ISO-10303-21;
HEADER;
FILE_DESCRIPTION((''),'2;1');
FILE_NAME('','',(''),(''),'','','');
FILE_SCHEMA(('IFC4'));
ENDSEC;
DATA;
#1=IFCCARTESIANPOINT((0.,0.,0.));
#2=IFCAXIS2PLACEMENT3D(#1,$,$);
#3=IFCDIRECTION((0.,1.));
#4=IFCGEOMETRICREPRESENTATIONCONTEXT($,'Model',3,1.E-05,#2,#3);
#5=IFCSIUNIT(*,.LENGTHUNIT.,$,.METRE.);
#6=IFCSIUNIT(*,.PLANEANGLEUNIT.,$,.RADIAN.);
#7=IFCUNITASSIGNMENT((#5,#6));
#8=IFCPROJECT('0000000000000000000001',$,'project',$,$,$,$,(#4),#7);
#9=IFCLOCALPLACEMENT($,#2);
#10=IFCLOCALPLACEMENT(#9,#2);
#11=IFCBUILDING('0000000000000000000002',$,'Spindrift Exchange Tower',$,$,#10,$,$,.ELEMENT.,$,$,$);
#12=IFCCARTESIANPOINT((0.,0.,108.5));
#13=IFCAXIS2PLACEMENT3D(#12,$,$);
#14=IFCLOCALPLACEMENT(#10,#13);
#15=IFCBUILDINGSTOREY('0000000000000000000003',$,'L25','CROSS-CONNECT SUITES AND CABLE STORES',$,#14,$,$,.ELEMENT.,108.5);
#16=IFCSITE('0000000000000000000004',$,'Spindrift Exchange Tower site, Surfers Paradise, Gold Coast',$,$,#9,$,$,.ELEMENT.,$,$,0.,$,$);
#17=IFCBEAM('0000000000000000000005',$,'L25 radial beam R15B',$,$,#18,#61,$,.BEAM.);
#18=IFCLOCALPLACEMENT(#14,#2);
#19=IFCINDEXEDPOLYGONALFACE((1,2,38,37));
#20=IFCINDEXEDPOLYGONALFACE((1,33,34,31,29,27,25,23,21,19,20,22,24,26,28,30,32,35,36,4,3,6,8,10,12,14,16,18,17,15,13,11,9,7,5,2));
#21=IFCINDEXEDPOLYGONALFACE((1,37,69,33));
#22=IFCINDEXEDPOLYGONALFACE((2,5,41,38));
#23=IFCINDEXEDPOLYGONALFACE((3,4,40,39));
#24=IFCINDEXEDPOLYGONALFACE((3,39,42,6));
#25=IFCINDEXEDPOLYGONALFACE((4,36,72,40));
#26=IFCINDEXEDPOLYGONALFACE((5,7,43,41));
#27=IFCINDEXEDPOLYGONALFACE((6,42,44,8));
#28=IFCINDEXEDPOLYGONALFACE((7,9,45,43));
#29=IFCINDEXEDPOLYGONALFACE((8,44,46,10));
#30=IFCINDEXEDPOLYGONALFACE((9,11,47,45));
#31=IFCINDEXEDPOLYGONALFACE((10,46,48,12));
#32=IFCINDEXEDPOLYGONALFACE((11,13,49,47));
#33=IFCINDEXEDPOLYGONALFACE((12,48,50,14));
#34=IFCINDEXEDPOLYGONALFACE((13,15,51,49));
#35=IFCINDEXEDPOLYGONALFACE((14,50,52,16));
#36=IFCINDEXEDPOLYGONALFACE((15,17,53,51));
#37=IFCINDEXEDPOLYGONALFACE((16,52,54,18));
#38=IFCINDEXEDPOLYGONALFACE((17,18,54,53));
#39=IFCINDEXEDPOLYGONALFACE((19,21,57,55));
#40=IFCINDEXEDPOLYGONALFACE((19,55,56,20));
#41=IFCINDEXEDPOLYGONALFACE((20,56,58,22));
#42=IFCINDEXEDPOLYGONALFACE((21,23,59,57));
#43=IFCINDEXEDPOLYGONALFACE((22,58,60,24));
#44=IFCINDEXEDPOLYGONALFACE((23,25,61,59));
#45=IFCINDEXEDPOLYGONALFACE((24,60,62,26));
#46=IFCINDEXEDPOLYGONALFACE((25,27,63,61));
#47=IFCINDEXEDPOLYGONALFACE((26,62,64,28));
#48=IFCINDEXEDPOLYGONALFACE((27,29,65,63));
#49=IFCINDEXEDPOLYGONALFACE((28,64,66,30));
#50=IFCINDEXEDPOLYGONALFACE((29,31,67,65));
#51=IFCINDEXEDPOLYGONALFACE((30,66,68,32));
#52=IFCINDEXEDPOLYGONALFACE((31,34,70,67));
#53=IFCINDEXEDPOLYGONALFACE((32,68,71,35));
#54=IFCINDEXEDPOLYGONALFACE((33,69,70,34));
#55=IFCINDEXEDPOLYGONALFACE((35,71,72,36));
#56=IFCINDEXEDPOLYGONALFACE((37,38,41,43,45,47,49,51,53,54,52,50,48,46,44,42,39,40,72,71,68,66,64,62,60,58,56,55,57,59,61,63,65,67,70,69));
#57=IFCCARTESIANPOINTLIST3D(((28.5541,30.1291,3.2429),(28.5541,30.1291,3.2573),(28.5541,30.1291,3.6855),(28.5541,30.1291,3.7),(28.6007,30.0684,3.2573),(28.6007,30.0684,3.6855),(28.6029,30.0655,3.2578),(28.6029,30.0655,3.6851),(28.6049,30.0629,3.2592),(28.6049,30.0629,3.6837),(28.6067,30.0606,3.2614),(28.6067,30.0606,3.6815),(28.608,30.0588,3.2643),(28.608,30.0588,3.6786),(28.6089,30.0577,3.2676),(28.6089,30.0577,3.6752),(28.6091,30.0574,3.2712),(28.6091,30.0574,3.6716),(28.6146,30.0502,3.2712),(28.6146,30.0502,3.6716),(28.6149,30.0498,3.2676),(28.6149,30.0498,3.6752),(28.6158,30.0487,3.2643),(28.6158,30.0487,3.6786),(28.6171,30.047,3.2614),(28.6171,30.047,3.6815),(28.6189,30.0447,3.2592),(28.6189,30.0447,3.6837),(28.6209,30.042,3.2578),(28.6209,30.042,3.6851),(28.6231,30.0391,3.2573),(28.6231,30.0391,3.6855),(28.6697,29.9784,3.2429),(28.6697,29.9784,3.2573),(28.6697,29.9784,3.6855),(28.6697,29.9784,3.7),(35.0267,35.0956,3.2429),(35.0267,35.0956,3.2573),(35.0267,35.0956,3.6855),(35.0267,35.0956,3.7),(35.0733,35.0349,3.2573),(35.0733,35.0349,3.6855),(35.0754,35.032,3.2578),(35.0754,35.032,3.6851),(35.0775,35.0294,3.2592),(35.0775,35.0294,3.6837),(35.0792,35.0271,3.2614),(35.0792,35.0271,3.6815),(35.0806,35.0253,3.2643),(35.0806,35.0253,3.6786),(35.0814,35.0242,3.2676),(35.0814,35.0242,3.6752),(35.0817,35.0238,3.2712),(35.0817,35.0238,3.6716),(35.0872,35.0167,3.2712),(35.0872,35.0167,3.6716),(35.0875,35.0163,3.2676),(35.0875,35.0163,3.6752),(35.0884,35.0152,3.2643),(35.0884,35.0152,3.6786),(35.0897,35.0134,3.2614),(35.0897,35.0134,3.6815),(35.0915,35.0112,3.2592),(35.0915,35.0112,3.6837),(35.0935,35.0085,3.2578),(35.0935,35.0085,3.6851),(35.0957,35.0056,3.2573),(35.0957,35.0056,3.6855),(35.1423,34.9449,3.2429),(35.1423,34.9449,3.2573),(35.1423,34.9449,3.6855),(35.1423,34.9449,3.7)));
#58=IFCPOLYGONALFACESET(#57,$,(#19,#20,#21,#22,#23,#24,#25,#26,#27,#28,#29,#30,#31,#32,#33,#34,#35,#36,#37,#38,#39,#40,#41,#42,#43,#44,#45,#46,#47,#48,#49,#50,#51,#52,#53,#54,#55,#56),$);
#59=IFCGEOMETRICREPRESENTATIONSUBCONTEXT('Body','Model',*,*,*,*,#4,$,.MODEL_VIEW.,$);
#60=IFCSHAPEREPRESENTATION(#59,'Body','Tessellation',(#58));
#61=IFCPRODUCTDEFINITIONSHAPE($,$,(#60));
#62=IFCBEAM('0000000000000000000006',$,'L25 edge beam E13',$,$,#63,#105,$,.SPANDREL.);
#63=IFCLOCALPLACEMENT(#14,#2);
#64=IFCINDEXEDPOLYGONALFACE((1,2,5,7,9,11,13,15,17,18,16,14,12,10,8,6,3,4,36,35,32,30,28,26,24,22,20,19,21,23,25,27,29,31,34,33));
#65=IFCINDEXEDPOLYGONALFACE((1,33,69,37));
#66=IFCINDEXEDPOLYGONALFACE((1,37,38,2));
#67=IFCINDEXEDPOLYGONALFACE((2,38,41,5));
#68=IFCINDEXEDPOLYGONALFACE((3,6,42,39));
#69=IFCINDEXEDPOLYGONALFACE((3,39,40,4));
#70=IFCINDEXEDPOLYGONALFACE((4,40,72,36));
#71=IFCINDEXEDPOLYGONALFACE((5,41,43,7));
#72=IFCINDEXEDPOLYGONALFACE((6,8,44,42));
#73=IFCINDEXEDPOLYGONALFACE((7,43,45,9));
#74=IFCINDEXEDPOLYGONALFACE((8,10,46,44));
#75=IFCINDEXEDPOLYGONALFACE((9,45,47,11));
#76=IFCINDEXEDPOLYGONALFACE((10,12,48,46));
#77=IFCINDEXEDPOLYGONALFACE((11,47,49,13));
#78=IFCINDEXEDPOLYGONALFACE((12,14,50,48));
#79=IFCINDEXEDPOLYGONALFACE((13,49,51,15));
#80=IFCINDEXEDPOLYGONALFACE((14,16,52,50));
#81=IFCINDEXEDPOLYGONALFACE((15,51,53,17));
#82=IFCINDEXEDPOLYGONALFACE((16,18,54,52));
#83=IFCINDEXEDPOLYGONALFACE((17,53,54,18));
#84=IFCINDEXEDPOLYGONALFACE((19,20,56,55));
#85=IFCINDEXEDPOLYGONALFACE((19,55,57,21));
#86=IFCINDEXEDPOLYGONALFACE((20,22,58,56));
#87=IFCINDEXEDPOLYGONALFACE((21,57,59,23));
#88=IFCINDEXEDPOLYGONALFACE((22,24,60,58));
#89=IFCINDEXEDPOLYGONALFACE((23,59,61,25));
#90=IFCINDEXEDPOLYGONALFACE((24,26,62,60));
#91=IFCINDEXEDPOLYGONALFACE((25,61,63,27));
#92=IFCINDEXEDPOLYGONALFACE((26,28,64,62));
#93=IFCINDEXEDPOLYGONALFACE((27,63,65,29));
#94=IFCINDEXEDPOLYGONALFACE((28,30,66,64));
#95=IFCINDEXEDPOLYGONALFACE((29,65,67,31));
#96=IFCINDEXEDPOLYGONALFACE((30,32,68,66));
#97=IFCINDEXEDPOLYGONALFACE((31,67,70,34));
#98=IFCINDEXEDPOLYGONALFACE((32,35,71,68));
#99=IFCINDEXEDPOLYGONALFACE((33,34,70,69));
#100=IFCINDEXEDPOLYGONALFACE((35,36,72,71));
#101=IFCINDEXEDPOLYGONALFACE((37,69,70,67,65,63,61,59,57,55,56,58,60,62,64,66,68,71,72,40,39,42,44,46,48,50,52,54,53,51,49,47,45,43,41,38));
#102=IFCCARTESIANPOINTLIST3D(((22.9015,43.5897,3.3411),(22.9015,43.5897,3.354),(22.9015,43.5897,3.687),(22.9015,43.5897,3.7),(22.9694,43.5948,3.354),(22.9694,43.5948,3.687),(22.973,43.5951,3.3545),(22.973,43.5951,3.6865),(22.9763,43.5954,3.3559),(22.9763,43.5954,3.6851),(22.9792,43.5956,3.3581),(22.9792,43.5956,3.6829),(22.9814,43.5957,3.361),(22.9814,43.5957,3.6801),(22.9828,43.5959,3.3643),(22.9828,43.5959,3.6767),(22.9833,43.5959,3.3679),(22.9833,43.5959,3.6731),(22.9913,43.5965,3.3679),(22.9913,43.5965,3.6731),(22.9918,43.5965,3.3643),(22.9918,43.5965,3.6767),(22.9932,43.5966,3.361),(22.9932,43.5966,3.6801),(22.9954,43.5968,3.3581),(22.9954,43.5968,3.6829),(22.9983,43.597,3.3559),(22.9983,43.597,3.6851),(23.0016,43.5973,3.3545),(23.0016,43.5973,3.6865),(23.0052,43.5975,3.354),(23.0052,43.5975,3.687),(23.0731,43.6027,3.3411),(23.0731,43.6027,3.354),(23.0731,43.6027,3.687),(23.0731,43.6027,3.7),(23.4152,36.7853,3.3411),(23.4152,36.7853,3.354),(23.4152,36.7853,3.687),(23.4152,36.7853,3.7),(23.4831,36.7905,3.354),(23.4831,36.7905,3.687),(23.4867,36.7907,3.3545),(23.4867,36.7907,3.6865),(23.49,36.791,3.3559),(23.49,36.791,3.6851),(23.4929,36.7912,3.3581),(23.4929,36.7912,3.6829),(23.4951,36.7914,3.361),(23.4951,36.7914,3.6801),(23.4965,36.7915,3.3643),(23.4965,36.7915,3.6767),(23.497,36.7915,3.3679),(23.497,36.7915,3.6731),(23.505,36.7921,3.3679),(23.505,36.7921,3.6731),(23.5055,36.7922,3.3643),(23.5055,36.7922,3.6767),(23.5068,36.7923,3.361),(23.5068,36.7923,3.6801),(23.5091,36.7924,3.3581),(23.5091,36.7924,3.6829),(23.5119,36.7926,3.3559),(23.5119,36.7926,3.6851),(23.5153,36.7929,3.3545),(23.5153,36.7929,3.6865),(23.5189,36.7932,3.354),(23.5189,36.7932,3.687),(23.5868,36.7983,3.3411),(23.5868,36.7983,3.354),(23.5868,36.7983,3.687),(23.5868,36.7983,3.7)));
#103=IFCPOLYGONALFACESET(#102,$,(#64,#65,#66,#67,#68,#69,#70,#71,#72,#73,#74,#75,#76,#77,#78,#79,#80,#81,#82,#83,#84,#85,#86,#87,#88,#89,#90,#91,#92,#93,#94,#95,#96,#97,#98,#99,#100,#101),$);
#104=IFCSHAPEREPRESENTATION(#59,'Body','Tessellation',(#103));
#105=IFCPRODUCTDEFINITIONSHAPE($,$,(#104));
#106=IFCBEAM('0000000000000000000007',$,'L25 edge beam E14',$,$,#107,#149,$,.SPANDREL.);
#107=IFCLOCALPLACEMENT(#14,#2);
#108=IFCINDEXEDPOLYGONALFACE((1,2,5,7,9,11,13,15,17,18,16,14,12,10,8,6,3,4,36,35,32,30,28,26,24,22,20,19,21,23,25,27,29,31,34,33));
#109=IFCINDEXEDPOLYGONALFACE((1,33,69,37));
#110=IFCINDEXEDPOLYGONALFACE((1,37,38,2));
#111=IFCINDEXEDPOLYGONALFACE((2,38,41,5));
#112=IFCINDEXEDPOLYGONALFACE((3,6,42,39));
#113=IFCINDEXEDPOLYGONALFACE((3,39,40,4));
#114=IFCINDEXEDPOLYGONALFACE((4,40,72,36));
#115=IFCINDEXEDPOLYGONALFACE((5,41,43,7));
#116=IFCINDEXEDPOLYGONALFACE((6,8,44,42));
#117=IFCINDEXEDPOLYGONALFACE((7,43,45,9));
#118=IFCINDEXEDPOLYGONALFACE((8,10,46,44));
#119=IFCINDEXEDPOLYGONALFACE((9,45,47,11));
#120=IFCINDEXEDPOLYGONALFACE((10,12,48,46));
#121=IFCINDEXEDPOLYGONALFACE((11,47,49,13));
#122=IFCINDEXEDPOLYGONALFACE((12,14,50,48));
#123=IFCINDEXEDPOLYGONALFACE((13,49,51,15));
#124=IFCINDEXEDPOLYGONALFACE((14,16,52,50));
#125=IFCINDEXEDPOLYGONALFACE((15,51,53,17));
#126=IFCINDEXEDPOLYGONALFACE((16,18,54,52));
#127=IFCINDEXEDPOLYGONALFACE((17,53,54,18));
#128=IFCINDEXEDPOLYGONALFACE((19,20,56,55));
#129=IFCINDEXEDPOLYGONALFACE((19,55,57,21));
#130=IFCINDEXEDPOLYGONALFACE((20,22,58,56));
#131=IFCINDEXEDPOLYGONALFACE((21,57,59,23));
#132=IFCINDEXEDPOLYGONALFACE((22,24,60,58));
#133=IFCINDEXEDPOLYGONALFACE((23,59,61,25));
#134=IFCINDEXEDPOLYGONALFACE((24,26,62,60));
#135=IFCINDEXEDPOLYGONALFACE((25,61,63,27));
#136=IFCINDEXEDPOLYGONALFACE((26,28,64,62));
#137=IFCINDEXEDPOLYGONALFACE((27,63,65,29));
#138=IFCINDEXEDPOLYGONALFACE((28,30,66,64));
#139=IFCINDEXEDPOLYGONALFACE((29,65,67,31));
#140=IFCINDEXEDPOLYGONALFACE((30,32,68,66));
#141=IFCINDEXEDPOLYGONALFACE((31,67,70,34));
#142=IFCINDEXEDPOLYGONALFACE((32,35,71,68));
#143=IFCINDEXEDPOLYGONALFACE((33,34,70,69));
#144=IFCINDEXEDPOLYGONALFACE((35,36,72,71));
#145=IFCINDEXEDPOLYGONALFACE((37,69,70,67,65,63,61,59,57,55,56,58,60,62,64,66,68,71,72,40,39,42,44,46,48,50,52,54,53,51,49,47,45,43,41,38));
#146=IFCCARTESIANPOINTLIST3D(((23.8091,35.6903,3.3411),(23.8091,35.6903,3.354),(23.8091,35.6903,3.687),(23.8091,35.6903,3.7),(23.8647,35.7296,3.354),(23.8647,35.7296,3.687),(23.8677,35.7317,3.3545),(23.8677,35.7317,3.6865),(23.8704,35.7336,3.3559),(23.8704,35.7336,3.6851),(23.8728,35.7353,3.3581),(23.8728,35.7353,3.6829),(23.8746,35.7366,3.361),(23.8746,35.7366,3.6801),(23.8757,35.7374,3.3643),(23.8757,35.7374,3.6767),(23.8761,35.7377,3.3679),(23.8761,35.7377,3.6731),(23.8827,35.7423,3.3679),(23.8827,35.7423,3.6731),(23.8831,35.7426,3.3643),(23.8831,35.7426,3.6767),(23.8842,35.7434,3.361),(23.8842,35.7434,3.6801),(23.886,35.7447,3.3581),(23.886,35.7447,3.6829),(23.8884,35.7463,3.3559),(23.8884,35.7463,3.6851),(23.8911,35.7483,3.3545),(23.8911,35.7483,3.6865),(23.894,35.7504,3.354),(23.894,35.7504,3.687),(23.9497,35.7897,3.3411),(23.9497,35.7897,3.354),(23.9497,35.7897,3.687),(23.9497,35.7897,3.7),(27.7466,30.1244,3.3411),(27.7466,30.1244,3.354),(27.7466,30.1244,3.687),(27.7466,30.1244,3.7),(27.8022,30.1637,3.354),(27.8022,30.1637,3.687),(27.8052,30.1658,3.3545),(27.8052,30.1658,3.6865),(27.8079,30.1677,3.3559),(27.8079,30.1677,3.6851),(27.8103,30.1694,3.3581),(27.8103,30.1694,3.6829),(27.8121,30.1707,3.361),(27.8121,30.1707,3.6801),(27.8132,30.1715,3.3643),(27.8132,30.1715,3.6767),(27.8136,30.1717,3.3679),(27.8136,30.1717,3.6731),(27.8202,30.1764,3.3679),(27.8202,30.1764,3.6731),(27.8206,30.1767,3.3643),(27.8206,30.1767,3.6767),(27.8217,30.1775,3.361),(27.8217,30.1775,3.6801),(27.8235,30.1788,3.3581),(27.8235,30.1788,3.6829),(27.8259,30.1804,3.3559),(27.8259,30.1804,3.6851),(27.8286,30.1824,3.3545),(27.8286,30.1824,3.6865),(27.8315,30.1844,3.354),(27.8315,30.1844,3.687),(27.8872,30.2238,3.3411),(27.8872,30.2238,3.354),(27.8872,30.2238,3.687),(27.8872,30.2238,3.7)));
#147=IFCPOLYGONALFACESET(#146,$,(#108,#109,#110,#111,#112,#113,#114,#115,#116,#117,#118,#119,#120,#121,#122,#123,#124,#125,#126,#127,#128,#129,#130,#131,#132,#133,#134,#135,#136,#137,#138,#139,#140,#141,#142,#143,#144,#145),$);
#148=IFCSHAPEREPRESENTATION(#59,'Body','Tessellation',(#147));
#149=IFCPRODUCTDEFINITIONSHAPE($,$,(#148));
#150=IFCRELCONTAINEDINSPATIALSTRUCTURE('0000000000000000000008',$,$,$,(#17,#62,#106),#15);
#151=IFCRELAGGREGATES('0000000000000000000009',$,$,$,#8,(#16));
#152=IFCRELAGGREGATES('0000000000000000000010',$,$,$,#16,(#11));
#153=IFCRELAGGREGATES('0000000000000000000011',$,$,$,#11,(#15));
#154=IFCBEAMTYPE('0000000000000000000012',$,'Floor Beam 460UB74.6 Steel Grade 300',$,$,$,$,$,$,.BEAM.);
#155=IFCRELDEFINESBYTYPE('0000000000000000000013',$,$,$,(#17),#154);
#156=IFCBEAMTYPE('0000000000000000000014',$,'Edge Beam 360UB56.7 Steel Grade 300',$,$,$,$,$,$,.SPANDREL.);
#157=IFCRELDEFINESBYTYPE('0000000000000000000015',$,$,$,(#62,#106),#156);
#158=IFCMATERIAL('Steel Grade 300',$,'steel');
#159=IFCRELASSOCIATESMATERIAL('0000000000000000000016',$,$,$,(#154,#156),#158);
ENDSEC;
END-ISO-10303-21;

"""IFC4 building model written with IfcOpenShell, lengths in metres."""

from ifc_helpers import new_model, si_unit, direction, frame, origin, origin_2d, place, context, subcontext, project, spatial, i_section, extrude, source, transform, mapped, material, material_profile, profile_set, type_object, element, save


model = new_model("IFC4")

# Units and contexts
model_context = context("Model", 3, precision=1e-05, world=origin(), true_north=direction((0.0, 1.0)))
body_context = subcontext(model_context, "Body", "Model", "MODEL_VIEW")
ifc_project = project(units=[si_unit("LENGTHUNIT", "METRE"), si_unit("PLANEANGLEUNIT", "RADIAN")], contexts=[model_context])

# Site, building, storey
site_placement = place(None, origin())
site = spatial("IfcSite", under=ifc_project, at=site_placement, Name="Spindrift Exchange Tower site, Surfers Paradise, Gold Coast", CompositionType="ELEMENT", RefElevation=0.0)
building_placement = place(site_placement, origin())
building = spatial("IfcBuilding", under=site, at=building_placement, Name="Spindrift Exchange Tower", CompositionType="ELEMENT")
storey_placement = place(building_placement, frame((0.0, 0.0, 108.5)))
storey = spatial("IfcBuildingStorey", under=building, at=storey_placement, Name="L25", Description="CROSS-CONNECT SUITES AND CABLE STORES", CompositionType="ELEMENT", Elevation=108.5)

# Beams
ifc_material_1 = material(Name="Steel Grade 300", Category="steel")
ifc_material_profile_1 = material_profile(ifc_material_1, i_section(OverallWidth=0.1899, OverallDepth=0.457, WebThickness=0.009, FlangeThickness=0.0144, FilletRadius=0.0139, at=origin_2d()), Name="460UB74.6")
ifc_profile_set_1 = profile_set([ifc_material_profile_1], Name="Steel Grade 300")
beam_type_1 = type_object("IfcBeamType", Name="Floor Beam 460UB74.6 Steel Grade 300", PredefinedType="BEAM", material=ifc_profile_set_1)
shared_shape_1 = source(origin(), body_context, "Body", "SweptSolid", [
    extrude(i_section(OverallWidth=0.1899, OverallDepth=0.457, WebThickness=0.009, FlangeThickness=0.0144, FilletRadius=0.0139, at=origin_2d()), origin(), (0.0, 0.0, 1.0), 8.1584),
])
beam_1_placement = place(storey_placement, frame((35.0845, 35.0203, 3.4714), z_axis=(-0.793359, -0.608754, 0.0), x_axis=(0.608754, -0.793359, 0.0)))
element("IfcBeam", 1, at=beam_1_placement, inside=storey, type_object=beam_type_1, Name="L25 radial beam R15B", PredefinedType="BEAM", context=body_context, shape_type="MappedRepresentation", body=[
    mapped(shared_shape_1, transform((0.0, 0.0, 0.0), scale=1.0)),
])
ifc_material_profile_2 = material_profile(ifc_material_1, i_section(OverallWidth=0.1721, OverallDepth=0.3589, WebThickness=0.0081, FlangeThickness=0.0129, FilletRadius=0.0139, at=origin_2d()), Name="360UB56.7")
ifc_profile_set_2 = profile_set([ifc_material_profile_2], Name="Steel Grade 300")
beam_type_2 = type_object("IfcBeamType", Name="Edge Beam 360UB56.7 Steel Grade 300", PredefinedType="SPANDREL", material=ifc_profile_set_2)
shared_shape_2 = source(origin(), body_context, "Body", "SweptSolid", [
    extrude(i_section(OverallWidth=0.1721, OverallDepth=0.3589, WebThickness=0.0081, FlangeThickness=0.0129, FilletRadius=0.0139, at=origin_2d()), origin(), (0.0, 0.0, 1.0), 6.8237),
])
beam_2_placement = place(storey_placement, frame((22.9873, 43.5962, 3.5205), z_axis=(0.075276, -0.997163, 0.0), x_axis=(0.997163, 0.075276, 0.0)))
element("IfcBeam", 2, at=beam_2_placement, inside=storey, type_object=beam_type_2, Name="L25 edge beam E13", PredefinedType="SPANDREL", context=body_context, shape_type="MappedRepresentation", body=[
    mapped(shared_shape_2, transform((0.0, 0.0, 0.0), scale=1.0)),
])
shared_shape_3 = source(origin(), body_context, "Body", "SweptSolid", [
    extrude(i_section(OverallWidth=0.1721, OverallDepth=0.3589, WebThickness=0.0081, FlangeThickness=0.0129, FilletRadius=0.0139, at=origin_2d()), origin(), (0.0, 0.0, 1.0), 6.8179),
])
beam_3_placement = place(storey_placement, frame((23.8794, 35.74, 3.5205), z_axis=(0.577526, -0.816372, 0.0), x_axis=(0.816372, 0.577526, 0.0)))
element("IfcBeam", 3, at=beam_3_placement, inside=storey, type_object=beam_type_2, Name="L25 edge beam E14", PredefinedType="SPANDREL", context=body_context, shape_type="MappedRepresentation", body=[
    mapped(shared_shape_3, transform((0.0, 0.0, 0.0), scale=1.0)),
])

save(model, "model.ifc")
